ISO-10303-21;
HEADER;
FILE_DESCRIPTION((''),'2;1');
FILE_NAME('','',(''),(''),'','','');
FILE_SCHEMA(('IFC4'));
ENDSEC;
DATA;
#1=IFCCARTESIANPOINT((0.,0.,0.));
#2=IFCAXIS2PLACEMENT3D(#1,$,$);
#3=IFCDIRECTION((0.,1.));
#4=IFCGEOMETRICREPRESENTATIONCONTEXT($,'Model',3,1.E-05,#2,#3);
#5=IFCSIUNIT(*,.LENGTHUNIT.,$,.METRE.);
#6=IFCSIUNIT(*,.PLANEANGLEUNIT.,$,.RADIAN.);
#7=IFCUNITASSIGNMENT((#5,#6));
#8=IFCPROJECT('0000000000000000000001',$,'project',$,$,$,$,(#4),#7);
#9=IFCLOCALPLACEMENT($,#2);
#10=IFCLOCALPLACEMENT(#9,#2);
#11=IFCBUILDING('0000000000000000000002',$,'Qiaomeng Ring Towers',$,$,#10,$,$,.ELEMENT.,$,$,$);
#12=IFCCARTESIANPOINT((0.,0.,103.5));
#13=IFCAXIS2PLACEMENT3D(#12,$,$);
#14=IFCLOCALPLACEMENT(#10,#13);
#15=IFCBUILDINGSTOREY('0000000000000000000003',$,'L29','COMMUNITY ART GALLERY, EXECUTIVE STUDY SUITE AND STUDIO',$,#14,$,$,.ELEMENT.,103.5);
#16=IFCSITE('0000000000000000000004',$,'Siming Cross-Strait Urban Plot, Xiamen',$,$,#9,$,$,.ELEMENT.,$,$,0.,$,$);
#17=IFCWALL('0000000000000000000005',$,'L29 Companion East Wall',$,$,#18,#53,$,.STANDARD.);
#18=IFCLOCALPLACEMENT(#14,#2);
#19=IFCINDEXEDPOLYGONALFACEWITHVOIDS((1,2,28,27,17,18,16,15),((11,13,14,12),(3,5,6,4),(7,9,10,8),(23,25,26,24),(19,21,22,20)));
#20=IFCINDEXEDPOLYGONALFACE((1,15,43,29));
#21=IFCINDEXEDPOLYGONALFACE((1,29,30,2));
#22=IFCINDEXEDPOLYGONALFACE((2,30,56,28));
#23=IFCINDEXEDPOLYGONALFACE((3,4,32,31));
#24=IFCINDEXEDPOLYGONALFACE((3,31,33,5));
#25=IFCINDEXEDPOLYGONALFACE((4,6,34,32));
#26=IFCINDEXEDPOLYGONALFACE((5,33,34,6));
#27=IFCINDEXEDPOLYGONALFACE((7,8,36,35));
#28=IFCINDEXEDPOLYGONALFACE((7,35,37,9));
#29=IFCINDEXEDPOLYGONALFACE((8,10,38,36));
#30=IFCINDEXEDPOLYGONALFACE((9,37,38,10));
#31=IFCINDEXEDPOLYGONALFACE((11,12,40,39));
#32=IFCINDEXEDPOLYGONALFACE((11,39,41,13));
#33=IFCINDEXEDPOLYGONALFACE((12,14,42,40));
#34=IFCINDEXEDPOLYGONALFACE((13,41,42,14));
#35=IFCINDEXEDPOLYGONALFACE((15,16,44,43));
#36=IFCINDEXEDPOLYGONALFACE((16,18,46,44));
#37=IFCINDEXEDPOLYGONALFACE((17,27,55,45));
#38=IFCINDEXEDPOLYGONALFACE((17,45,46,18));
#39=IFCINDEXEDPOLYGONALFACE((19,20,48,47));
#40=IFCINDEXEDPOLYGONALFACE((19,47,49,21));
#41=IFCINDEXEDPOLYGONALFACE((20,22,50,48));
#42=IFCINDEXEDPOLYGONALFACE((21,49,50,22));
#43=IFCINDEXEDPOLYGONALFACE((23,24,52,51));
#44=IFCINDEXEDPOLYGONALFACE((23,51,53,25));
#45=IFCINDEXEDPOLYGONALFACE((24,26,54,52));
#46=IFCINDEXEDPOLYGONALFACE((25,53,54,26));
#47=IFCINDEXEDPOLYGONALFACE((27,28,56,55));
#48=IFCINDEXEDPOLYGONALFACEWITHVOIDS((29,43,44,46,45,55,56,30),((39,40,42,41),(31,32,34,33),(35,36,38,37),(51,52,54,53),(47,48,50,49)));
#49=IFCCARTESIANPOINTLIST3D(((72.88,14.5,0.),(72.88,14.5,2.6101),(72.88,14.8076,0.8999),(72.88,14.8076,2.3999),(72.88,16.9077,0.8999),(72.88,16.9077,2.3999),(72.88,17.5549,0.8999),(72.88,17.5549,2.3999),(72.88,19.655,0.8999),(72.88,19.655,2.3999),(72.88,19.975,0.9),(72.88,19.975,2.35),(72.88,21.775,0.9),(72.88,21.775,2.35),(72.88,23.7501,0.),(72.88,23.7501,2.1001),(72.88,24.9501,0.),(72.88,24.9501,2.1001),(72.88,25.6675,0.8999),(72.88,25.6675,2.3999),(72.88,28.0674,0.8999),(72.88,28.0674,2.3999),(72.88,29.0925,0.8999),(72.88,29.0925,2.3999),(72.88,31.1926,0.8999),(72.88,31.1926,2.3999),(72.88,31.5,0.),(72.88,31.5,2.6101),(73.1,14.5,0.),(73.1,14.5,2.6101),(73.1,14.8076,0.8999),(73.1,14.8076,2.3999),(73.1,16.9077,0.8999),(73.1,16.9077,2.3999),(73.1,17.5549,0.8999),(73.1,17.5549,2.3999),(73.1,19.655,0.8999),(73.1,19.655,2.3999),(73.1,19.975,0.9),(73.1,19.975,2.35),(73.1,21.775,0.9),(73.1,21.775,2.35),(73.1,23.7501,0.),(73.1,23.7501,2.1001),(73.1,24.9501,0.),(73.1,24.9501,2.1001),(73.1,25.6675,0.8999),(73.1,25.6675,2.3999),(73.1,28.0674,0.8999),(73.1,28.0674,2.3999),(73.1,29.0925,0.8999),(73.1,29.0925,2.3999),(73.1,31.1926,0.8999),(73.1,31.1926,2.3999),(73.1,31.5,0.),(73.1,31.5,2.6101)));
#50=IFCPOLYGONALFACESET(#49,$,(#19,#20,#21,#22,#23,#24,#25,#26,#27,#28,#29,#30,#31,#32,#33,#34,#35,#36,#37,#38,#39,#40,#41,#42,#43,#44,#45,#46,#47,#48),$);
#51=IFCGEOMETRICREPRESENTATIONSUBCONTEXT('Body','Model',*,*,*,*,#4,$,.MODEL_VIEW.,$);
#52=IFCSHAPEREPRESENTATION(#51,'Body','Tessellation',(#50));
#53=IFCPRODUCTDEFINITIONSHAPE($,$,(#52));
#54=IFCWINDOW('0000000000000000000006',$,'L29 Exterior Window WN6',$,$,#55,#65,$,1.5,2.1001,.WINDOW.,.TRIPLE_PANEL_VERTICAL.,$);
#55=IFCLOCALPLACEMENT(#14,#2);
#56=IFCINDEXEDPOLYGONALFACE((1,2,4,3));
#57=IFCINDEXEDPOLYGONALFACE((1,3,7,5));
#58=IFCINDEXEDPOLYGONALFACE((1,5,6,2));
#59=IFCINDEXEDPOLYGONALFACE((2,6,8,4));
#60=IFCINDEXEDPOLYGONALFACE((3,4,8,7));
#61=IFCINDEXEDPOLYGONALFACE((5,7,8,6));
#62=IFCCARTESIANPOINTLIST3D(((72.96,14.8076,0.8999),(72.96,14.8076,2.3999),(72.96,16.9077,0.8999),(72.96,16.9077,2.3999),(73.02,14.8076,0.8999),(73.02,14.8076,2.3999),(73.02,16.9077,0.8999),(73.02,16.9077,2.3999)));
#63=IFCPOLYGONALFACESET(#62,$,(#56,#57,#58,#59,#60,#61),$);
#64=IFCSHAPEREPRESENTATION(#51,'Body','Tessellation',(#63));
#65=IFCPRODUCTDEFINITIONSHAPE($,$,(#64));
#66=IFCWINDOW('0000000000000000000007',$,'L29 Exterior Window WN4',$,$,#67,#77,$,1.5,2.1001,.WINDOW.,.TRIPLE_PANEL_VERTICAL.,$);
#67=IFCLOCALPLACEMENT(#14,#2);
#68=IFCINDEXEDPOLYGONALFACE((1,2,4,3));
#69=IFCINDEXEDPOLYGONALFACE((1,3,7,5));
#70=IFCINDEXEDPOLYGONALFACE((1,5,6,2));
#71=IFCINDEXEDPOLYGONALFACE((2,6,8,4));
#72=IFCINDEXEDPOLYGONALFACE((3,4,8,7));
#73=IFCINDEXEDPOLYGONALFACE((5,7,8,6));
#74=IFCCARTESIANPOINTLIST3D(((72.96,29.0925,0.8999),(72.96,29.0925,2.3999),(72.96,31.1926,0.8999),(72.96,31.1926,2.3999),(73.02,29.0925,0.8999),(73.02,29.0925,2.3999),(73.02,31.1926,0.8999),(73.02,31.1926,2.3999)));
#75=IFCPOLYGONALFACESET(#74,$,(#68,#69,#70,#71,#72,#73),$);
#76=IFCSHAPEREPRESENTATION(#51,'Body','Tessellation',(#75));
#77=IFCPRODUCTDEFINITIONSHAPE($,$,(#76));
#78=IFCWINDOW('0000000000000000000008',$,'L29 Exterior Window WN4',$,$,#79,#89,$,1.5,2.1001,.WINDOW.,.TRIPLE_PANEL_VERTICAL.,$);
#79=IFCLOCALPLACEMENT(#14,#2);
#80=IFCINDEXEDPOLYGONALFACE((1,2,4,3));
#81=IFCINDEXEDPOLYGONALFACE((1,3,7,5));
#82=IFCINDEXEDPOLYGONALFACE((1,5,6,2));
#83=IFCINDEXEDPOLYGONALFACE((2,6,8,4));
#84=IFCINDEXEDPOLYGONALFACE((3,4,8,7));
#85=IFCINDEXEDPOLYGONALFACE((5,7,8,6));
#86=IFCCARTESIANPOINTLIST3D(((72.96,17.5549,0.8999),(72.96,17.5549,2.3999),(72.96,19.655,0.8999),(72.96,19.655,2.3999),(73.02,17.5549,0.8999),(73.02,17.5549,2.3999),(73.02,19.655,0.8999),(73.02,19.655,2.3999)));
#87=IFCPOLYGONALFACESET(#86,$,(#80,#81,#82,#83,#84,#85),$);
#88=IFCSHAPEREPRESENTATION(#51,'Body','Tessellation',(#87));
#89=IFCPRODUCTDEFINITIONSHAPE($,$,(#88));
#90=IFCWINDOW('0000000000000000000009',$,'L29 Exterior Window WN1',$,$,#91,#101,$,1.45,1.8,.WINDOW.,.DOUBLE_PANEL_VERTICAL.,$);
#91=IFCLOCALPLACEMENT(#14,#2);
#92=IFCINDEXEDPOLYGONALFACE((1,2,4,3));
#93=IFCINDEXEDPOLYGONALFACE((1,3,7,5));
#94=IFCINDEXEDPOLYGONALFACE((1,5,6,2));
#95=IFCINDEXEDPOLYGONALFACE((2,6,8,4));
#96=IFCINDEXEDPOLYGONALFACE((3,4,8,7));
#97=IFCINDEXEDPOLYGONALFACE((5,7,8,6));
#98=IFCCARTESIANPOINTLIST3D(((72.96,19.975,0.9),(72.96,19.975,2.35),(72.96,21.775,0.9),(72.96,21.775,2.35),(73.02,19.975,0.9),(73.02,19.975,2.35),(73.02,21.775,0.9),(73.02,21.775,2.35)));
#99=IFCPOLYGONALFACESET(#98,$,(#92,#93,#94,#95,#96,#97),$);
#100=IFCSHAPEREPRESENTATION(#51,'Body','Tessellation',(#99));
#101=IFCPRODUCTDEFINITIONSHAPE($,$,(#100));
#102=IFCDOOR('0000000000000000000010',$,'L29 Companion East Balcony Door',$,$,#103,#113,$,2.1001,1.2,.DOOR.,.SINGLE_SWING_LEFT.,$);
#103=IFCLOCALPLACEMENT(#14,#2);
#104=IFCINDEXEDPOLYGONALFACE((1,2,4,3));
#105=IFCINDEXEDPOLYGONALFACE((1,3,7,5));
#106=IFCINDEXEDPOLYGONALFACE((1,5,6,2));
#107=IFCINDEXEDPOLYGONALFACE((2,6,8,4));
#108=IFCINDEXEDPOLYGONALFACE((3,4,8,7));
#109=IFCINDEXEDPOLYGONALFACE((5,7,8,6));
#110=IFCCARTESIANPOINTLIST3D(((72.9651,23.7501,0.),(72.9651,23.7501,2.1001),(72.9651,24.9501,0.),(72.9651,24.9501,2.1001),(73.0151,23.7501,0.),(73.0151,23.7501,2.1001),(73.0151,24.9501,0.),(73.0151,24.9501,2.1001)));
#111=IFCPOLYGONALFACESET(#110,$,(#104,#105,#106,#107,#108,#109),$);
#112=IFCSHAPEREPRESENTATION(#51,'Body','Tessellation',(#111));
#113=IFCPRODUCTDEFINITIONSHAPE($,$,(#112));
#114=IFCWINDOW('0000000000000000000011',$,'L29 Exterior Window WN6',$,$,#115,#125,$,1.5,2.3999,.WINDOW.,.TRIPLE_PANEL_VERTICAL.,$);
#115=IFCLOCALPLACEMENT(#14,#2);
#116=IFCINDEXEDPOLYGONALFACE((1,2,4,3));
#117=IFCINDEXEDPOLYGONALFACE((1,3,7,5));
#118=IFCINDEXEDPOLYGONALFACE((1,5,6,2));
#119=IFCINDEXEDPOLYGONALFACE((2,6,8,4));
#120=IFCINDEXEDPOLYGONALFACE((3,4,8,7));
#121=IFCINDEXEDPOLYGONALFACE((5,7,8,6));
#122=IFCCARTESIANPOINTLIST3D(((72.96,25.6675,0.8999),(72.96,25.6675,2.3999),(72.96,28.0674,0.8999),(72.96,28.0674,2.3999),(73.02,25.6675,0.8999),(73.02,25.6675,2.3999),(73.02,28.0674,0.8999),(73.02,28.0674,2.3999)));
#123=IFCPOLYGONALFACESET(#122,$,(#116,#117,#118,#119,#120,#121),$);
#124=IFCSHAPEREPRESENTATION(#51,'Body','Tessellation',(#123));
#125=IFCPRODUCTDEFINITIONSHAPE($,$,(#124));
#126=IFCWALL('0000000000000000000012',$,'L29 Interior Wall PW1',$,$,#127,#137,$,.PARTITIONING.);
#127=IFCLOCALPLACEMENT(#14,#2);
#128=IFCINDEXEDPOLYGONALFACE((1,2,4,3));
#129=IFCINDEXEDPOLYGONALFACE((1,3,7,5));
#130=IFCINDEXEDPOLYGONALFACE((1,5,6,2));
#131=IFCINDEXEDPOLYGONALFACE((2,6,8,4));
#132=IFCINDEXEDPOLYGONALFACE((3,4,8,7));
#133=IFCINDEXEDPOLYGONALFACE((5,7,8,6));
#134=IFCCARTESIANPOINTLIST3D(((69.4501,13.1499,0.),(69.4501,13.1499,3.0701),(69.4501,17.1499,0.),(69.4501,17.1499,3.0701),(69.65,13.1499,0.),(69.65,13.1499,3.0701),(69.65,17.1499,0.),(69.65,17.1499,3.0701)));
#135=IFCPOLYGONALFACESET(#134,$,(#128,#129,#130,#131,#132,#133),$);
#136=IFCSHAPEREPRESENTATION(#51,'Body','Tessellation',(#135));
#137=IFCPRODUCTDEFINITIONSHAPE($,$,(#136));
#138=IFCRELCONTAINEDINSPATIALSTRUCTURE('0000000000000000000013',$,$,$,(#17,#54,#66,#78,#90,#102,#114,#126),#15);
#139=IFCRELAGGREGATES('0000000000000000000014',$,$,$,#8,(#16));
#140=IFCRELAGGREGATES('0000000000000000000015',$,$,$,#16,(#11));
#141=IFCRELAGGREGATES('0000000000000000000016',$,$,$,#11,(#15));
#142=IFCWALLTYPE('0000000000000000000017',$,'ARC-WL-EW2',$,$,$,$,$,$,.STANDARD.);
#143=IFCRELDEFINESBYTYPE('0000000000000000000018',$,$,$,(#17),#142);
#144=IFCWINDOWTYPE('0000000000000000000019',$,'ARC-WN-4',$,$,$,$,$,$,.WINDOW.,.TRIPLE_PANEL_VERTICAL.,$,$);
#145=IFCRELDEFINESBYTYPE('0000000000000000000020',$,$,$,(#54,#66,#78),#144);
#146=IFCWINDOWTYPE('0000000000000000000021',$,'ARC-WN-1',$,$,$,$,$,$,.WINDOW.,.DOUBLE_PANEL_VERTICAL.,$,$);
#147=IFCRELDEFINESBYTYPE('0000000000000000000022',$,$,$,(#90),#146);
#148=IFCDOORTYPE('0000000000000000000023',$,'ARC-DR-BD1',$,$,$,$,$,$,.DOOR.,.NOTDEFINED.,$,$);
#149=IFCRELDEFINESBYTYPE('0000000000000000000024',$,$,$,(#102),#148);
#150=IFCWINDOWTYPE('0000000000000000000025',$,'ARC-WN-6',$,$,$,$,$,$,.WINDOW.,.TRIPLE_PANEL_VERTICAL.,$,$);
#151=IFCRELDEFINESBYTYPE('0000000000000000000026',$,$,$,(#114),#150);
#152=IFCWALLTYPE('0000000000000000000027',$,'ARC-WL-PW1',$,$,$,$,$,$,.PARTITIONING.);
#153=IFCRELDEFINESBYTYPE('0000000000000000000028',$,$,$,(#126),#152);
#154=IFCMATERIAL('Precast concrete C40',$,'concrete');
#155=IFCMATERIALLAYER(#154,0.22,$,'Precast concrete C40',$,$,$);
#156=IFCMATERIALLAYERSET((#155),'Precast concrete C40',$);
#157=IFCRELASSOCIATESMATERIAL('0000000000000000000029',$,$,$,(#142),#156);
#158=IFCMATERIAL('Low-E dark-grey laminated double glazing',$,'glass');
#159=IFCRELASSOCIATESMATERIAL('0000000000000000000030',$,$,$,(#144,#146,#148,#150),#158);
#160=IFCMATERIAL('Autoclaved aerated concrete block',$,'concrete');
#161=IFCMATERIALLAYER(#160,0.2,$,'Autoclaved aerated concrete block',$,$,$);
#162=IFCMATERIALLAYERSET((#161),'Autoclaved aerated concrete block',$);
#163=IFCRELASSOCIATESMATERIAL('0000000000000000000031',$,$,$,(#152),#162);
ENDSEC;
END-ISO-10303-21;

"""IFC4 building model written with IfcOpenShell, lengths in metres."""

from ifc_helpers import new_model, si_unit, direction, frame, frame_2d, origin, place, context, subcontext, project, spatial, rectangle, extrude, source, transform, mapped, material, layer, layer_set, type_object, element, fill, save


model = new_model("IFC4")

# Units and contexts
model_context = context("Model", 3, precision=1e-05, world=origin(), true_north=direction((0.0, 1.0)))
body_context = subcontext(model_context, "Body", "Model", "MODEL_VIEW")
ifc_project = project(units=[si_unit("LENGTHUNIT", "METRE"), si_unit("PLANEANGLEUNIT", "RADIAN")], contexts=[model_context])

# Site, building, storey
site_placement = place(None, origin())
site = spatial("IfcSite", under=ifc_project, at=site_placement, Name="Siming Cross-Strait Urban Plot, Xiamen", CompositionType="ELEMENT", RefElevation=0.0)
building_placement = place(site_placement, origin())
building = spatial("IfcBuilding", under=site, at=building_placement, Name="Qiaomeng Ring Towers", CompositionType="ELEMENT")
storey_placement = place(building_placement, frame((0.0, 0.0, 103.5)))
storey = spatial("IfcBuildingStorey", under=building, at=storey_placement, Name="L29", Description="COMMUNITY ART GALLERY, EXECUTIVE STUDY SUITE AND STUDIO", CompositionType="ELEMENT", Elevation=103.5)

# Shared definitions
ifc_material_1 = material(Name="Low-E dark-grey laminated double glazing", Category="glass")

# Wall, openings, windows, door
ifc_material_2 = material(Name="Precast concrete C40", Category="concrete")
ifc_layer_1 = layer(ifc_material_2, 0.22, Name="Precast concrete C40")
ifc_layer_set_1 = layer_set([ifc_layer_1], Name="Precast concrete C40")
wall_type_1 = type_object("IfcWallType", Name="ARC-WL-EW2", PredefinedType="STANDARD", material=ifc_layer_set_1)
wall_1_placement = place(storey_placement, frame((72.99, 14.5, 0.0), z_axis=(0.0, 0.0, 1.0), x_axis=(0.0, 1.0, 0.0)))
wall_1 = element("IfcWall", 1, at=wall_1_placement, inside=storey, type_object=wall_type_1, Name="L29 Companion East Wall", PredefinedType="STANDARD", context=body_context, shape_type="SweptSolid", body=[
    extrude(rectangle(XDim=17.0, YDim=0.22, at=frame_2d((8.5, 0.0))), origin(), (0.0, 0.0, 1.0), 2.6101),
])
opening_1_placement = place(wall_1_placement, frame((9.25, 0.0, 0.0)))
opening_1 = element("IfcOpeningElement", 2, at=opening_1_placement, cuts=wall_1, PredefinedType="OPENING", context=body_context, shape_type="SweptSolid", body=[
    extrude(rectangle(XDim=1.2, YDim=2.1001, at=frame_2d((0.6001, 1.05))), frame((0.0, 0.1199, 0.0), z_axis=(0.0, -1.0, 0.0), x_axis=(1.0, 0.0, 0.0)), (0.0, 0.0, 1.0), 0.24),
])
opening_2_placement = place(wall_1_placement, frame((0.3076, 0.0, 0.8999)))
opening_2 = element("IfcOpeningElement", 3, at=opening_2_placement, cuts=wall_1, PredefinedType="OPENING", context=body_context, shape_type="SweptSolid", body=[
    extrude(rectangle(XDim=2.1001, YDim=1.5, at=frame_2d((1.05, 0.75))), frame((0.0, 0.1199, 0.0), z_axis=(0.0, -1.0, 0.0), x_axis=(1.0, 0.0, 0.0)), (0.0, 0.0, 1.0), 0.24),
])
opening_3_placement = place(wall_1_placement, frame((5.4751, 0.0, 0.8999)))
opening_3 = element("IfcOpeningElement", 4, at=opening_3_placement, cuts=wall_1, PredefinedType="OPENING", context=body_context, shape_type="SweptSolid", body=[
    extrude(rectangle(XDim=1.8, YDim=1.45, at=frame_2d((0.8999, 0.7251))), frame((0.0, 0.1199, 0.0), z_axis=(0.0, -1.0, 0.0), x_axis=(1.0, 0.0, 0.0)), (0.0, 0.0, 1.0), 0.24),
])
opening_4_placement = place(wall_1_placement, frame((14.5925, 0.0, 0.8999)))
opening_4 = element("IfcOpeningElement", 5, at=opening_4_placement, cuts=wall_1, PredefinedType="OPENING", context=body_context, shape_type="SweptSolid", body=[
    extrude(rectangle(XDim=2.1001, YDim=1.5, at=frame_2d((1.05, 0.75))), frame((0.0, 0.1199, 0.0), z_axis=(0.0, -1.0, 0.0), x_axis=(1.0, 0.0, 0.0)), (0.0, 0.0, 1.0), 0.24),
])
opening_5_placement = place(wall_1_placement, frame((3.0549, 0.0, 0.8999)))
opening_5 = element("IfcOpeningElement", 6, at=opening_5_placement, cuts=wall_1, PredefinedType="OPENING", context=body_context, shape_type="SweptSolid", body=[
    extrude(rectangle(XDim=2.1001, YDim=1.5, at=frame_2d((1.05, 0.75))), frame((0.0, 0.1199, 0.0), z_axis=(0.0, -1.0, 0.0), x_axis=(1.0, 0.0, 0.0)), (0.0, 0.0, 1.0), 0.24),
])
opening_6_placement = place(wall_1_placement, frame((11.1675, 0.0, 0.8999)))
opening_6 = element("IfcOpeningElement", 7, at=opening_6_placement, cuts=wall_1, PredefinedType="OPENING", context=body_context, shape_type="SweptSolid", body=[
    extrude(rectangle(XDim=2.3999, YDim=1.5, at=frame_2d((1.2, 0.75))), frame((0.0, 0.1199, 0.0), z_axis=(0.0, -1.0, 0.0), x_axis=(1.0, 0.0, 0.0)), (0.0, 0.0, 1.0), 0.24),
])
window_type_1 = type_object("IfcWindowType", Name="ARC-WN-4", PartitioningType="TRIPLE_PANEL_VERTICAL", PredefinedType="WINDOW", material=ifc_material_1)
shared_shape_1 = source(origin(), body_context, "Body", "SweptSolid", [
    extrude(rectangle(XDim=2.1001, YDim=1.5, at=frame_2d((1.05, 0.75))), frame((0.0, 0.03, 0.0), z_axis=(0.0, -1.0, 0.0), x_axis=(1.0, 0.0, 0.0)), (0.0, 0.0, 1.0), 0.0601),
])
window_1_placement = place(opening_2_placement, origin())
window_1 = element("IfcWindow", 8, at=window_1_placement, inside=storey, type_object=window_type_1, Name="L29 Exterior Window WN6", OverallHeight=1.5, OverallWidth=2.1001, PartitioningType="TRIPLE_PANEL_VERTICAL", PredefinedType="WINDOW", context=body_context, shape_type="MappedRepresentation", body=[
    mapped(shared_shape_1, transform((0.0, 0.0, 0.0), x_axis=(1.0, 0.0, 0.0), y_axis=(0.0, 1.0, 0.0), z_axis=(0.0, 0.0, 1.0), scale=1.0)),
])
fill(opening_2, window_1)
window_2_placement = place(opening_4_placement, origin())
window_2 = element("IfcWindow", 9, at=window_2_placement, inside=storey, type_object=window_type_1, Name="L29 Exterior Window WN4", OverallHeight=1.5, OverallWidth=2.1001, PartitioningType="TRIPLE_PANEL_VERTICAL", PredefinedType="WINDOW", context=body_context, shape_type="MappedRepresentation", body=[
    mapped(shared_shape_1, transform((0.0, 0.0, 0.0), x_axis=(1.0, 0.0, 0.0), y_axis=(0.0, 1.0, 0.0), z_axis=(0.0, 0.0, 1.0), scale=1.0)),
])
fill(opening_4, window_2)
window_3_placement = place(opening_5_placement, origin())
window_3 = element("IfcWindow", 10, at=window_3_placement, inside=storey, type_object=window_type_1, Name="L29 Exterior Window WN4", OverallHeight=1.5, OverallWidth=2.1001, PartitioningType="TRIPLE_PANEL_VERTICAL", PredefinedType="WINDOW", context=body_context, shape_type="MappedRepresentation", body=[
    mapped(shared_shape_1, transform((0.0, 0.0, 0.0), x_axis=(1.0, 0.0, 0.0), y_axis=(0.0, 1.0, 0.0), z_axis=(0.0, 0.0, 1.0), scale=1.0)),
])
fill(opening_5, window_3)
window_type_2 = type_object("IfcWindowType", Name="ARC-WN-1", PartitioningType="DOUBLE_PANEL_VERTICAL", PredefinedType="WINDOW", material=ifc_material_1)
shared_shape_2 = source(origin(), body_context, "Body", "SweptSolid", [
    extrude(rectangle(XDim=1.8, YDim=1.45, at=frame_2d((0.8999, 0.7251))), frame((0.0, 0.03, 0.0), z_axis=(0.0, -1.0, 0.0), x_axis=(1.0, 0.0, 0.0)), (0.0, 0.0, 1.0), 0.0601),
])
window_4_placement = place(opening_3_placement, origin())
window_4 = element("IfcWindow", 11, at=window_4_placement, inside=storey, type_object=window_type_2, Name="L29 Exterior Window WN1", OverallHeight=1.45, OverallWidth=1.8, PartitioningType="DOUBLE_PANEL_VERTICAL", PredefinedType="WINDOW", context=body_context, shape_type="MappedRepresentation", body=[
    mapped(shared_shape_2, transform((0.0, 0.0, 0.0), x_axis=(1.0, 0.0, 0.0), y_axis=(0.0, 1.0, 0.0), z_axis=(0.0, 0.0, 1.0), scale=1.0)),
])
fill(opening_3, window_4)
door_type_1 = type_object("IfcDoorType", Name="ARC-DR-BD1", OperationType="NOTDEFINED", PredefinedType="DOOR", material=ifc_material_1)
shared_shape_3 = source(origin(), body_context, "Body", "SweptSolid", [
    extrude(rectangle(XDim=1.2, YDim=2.1001, at=frame_2d((0.6001, 1.05))), frame((0.0, 0.0249, 0.0), z_axis=(0.0, -1.0, 0.0), x_axis=(1.0, 0.0, 0.0)), (0.0, 0.0, 1.0), 0.05),
])
door_1_placement = place(opening_1_placement, origin())
door_1 = element("IfcDoor", 12, at=door_1_placement, inside=storey, type_object=door_type_1, Name="L29 Companion East Balcony Door", OperationType="SINGLE_SWING_LEFT", OverallHeight=2.1001, OverallWidth=1.2, PredefinedType="DOOR", context=body_context, shape_type="MappedRepresentation", body=[
    mapped(shared_shape_3, transform((0.0, 0.0, 0.0), x_axis=(1.0, 0.0, 0.0), y_axis=(0.0, 1.0, 0.0), z_axis=(0.0, 0.0, 1.0), scale=1.0)),
])
fill(opening_1, door_1)
window_type_3 = type_object("IfcWindowType", Name="ARC-WN-6", PartitioningType="TRIPLE_PANEL_VERTICAL", PredefinedType="WINDOW", material=ifc_material_1)
shared_shape_4 = source(origin(), body_context, "Body", "SweptSolid", [
    extrude(rectangle(XDim=2.3999, YDim=1.5, at=frame_2d((1.2, 0.75))), frame((0.0, 0.03, 0.0), z_axis=(0.0, -1.0, 0.0), x_axis=(1.0, 0.0, 0.0)), (0.0, 0.0, 1.0), 0.0601),
])
window_5_placement = place(opening_6_placement, origin())
window_5 = element("IfcWindow", 13, at=window_5_placement, inside=storey, type_object=window_type_3, Name="L29 Exterior Window WN6", OverallHeight=1.5, OverallWidth=2.3999, PartitioningType="TRIPLE_PANEL_VERTICAL", PredefinedType="WINDOW", context=body_context, shape_type="MappedRepresentation", body=[
    mapped(shared_shape_4, transform((0.0, 0.0, 0.0), x_axis=(1.0, 0.0, 0.0), y_axis=(0.0, 1.0, 0.0), z_axis=(0.0, 0.0, 1.0), scale=1.0)),
])
fill(opening_6, window_5)

# Wall
ifc_material_3 = material(Name="Autoclaved aerated concrete block", Category="concrete")
ifc_layer_2 = layer(ifc_material_3, 0.2, Name="Autoclaved aerated concrete block")
ifc_layer_set_2 = layer_set([ifc_layer_2], Name="Autoclaved aerated concrete block")
wall_type_2 = type_object("IfcWallType", Name="ARC-WL-PW1", PredefinedType="PARTITIONING", material=ifc_layer_set_2)
wall_2_placement = place(storey_placement, frame((69.55, 13.1499, 0.0), z_axis=(0.0, 0.0, 1.0), x_axis=(0.0, 1.0, 0.0)))
element("IfcWall", 14, at=wall_2_placement, inside=storey, type_object=wall_type_2, Name="L29 Interior Wall PW1", PredefinedType="PARTITIONING", context=body_context, shape_type="SweptSolid", body=[
    extrude(rectangle(XDim=4.0, YDim=0.2, at=frame_2d((2.0, 0.0))), origin(), (0.0, 0.0, 1.0), 3.0701),
])

save(model, "model.ifc")
